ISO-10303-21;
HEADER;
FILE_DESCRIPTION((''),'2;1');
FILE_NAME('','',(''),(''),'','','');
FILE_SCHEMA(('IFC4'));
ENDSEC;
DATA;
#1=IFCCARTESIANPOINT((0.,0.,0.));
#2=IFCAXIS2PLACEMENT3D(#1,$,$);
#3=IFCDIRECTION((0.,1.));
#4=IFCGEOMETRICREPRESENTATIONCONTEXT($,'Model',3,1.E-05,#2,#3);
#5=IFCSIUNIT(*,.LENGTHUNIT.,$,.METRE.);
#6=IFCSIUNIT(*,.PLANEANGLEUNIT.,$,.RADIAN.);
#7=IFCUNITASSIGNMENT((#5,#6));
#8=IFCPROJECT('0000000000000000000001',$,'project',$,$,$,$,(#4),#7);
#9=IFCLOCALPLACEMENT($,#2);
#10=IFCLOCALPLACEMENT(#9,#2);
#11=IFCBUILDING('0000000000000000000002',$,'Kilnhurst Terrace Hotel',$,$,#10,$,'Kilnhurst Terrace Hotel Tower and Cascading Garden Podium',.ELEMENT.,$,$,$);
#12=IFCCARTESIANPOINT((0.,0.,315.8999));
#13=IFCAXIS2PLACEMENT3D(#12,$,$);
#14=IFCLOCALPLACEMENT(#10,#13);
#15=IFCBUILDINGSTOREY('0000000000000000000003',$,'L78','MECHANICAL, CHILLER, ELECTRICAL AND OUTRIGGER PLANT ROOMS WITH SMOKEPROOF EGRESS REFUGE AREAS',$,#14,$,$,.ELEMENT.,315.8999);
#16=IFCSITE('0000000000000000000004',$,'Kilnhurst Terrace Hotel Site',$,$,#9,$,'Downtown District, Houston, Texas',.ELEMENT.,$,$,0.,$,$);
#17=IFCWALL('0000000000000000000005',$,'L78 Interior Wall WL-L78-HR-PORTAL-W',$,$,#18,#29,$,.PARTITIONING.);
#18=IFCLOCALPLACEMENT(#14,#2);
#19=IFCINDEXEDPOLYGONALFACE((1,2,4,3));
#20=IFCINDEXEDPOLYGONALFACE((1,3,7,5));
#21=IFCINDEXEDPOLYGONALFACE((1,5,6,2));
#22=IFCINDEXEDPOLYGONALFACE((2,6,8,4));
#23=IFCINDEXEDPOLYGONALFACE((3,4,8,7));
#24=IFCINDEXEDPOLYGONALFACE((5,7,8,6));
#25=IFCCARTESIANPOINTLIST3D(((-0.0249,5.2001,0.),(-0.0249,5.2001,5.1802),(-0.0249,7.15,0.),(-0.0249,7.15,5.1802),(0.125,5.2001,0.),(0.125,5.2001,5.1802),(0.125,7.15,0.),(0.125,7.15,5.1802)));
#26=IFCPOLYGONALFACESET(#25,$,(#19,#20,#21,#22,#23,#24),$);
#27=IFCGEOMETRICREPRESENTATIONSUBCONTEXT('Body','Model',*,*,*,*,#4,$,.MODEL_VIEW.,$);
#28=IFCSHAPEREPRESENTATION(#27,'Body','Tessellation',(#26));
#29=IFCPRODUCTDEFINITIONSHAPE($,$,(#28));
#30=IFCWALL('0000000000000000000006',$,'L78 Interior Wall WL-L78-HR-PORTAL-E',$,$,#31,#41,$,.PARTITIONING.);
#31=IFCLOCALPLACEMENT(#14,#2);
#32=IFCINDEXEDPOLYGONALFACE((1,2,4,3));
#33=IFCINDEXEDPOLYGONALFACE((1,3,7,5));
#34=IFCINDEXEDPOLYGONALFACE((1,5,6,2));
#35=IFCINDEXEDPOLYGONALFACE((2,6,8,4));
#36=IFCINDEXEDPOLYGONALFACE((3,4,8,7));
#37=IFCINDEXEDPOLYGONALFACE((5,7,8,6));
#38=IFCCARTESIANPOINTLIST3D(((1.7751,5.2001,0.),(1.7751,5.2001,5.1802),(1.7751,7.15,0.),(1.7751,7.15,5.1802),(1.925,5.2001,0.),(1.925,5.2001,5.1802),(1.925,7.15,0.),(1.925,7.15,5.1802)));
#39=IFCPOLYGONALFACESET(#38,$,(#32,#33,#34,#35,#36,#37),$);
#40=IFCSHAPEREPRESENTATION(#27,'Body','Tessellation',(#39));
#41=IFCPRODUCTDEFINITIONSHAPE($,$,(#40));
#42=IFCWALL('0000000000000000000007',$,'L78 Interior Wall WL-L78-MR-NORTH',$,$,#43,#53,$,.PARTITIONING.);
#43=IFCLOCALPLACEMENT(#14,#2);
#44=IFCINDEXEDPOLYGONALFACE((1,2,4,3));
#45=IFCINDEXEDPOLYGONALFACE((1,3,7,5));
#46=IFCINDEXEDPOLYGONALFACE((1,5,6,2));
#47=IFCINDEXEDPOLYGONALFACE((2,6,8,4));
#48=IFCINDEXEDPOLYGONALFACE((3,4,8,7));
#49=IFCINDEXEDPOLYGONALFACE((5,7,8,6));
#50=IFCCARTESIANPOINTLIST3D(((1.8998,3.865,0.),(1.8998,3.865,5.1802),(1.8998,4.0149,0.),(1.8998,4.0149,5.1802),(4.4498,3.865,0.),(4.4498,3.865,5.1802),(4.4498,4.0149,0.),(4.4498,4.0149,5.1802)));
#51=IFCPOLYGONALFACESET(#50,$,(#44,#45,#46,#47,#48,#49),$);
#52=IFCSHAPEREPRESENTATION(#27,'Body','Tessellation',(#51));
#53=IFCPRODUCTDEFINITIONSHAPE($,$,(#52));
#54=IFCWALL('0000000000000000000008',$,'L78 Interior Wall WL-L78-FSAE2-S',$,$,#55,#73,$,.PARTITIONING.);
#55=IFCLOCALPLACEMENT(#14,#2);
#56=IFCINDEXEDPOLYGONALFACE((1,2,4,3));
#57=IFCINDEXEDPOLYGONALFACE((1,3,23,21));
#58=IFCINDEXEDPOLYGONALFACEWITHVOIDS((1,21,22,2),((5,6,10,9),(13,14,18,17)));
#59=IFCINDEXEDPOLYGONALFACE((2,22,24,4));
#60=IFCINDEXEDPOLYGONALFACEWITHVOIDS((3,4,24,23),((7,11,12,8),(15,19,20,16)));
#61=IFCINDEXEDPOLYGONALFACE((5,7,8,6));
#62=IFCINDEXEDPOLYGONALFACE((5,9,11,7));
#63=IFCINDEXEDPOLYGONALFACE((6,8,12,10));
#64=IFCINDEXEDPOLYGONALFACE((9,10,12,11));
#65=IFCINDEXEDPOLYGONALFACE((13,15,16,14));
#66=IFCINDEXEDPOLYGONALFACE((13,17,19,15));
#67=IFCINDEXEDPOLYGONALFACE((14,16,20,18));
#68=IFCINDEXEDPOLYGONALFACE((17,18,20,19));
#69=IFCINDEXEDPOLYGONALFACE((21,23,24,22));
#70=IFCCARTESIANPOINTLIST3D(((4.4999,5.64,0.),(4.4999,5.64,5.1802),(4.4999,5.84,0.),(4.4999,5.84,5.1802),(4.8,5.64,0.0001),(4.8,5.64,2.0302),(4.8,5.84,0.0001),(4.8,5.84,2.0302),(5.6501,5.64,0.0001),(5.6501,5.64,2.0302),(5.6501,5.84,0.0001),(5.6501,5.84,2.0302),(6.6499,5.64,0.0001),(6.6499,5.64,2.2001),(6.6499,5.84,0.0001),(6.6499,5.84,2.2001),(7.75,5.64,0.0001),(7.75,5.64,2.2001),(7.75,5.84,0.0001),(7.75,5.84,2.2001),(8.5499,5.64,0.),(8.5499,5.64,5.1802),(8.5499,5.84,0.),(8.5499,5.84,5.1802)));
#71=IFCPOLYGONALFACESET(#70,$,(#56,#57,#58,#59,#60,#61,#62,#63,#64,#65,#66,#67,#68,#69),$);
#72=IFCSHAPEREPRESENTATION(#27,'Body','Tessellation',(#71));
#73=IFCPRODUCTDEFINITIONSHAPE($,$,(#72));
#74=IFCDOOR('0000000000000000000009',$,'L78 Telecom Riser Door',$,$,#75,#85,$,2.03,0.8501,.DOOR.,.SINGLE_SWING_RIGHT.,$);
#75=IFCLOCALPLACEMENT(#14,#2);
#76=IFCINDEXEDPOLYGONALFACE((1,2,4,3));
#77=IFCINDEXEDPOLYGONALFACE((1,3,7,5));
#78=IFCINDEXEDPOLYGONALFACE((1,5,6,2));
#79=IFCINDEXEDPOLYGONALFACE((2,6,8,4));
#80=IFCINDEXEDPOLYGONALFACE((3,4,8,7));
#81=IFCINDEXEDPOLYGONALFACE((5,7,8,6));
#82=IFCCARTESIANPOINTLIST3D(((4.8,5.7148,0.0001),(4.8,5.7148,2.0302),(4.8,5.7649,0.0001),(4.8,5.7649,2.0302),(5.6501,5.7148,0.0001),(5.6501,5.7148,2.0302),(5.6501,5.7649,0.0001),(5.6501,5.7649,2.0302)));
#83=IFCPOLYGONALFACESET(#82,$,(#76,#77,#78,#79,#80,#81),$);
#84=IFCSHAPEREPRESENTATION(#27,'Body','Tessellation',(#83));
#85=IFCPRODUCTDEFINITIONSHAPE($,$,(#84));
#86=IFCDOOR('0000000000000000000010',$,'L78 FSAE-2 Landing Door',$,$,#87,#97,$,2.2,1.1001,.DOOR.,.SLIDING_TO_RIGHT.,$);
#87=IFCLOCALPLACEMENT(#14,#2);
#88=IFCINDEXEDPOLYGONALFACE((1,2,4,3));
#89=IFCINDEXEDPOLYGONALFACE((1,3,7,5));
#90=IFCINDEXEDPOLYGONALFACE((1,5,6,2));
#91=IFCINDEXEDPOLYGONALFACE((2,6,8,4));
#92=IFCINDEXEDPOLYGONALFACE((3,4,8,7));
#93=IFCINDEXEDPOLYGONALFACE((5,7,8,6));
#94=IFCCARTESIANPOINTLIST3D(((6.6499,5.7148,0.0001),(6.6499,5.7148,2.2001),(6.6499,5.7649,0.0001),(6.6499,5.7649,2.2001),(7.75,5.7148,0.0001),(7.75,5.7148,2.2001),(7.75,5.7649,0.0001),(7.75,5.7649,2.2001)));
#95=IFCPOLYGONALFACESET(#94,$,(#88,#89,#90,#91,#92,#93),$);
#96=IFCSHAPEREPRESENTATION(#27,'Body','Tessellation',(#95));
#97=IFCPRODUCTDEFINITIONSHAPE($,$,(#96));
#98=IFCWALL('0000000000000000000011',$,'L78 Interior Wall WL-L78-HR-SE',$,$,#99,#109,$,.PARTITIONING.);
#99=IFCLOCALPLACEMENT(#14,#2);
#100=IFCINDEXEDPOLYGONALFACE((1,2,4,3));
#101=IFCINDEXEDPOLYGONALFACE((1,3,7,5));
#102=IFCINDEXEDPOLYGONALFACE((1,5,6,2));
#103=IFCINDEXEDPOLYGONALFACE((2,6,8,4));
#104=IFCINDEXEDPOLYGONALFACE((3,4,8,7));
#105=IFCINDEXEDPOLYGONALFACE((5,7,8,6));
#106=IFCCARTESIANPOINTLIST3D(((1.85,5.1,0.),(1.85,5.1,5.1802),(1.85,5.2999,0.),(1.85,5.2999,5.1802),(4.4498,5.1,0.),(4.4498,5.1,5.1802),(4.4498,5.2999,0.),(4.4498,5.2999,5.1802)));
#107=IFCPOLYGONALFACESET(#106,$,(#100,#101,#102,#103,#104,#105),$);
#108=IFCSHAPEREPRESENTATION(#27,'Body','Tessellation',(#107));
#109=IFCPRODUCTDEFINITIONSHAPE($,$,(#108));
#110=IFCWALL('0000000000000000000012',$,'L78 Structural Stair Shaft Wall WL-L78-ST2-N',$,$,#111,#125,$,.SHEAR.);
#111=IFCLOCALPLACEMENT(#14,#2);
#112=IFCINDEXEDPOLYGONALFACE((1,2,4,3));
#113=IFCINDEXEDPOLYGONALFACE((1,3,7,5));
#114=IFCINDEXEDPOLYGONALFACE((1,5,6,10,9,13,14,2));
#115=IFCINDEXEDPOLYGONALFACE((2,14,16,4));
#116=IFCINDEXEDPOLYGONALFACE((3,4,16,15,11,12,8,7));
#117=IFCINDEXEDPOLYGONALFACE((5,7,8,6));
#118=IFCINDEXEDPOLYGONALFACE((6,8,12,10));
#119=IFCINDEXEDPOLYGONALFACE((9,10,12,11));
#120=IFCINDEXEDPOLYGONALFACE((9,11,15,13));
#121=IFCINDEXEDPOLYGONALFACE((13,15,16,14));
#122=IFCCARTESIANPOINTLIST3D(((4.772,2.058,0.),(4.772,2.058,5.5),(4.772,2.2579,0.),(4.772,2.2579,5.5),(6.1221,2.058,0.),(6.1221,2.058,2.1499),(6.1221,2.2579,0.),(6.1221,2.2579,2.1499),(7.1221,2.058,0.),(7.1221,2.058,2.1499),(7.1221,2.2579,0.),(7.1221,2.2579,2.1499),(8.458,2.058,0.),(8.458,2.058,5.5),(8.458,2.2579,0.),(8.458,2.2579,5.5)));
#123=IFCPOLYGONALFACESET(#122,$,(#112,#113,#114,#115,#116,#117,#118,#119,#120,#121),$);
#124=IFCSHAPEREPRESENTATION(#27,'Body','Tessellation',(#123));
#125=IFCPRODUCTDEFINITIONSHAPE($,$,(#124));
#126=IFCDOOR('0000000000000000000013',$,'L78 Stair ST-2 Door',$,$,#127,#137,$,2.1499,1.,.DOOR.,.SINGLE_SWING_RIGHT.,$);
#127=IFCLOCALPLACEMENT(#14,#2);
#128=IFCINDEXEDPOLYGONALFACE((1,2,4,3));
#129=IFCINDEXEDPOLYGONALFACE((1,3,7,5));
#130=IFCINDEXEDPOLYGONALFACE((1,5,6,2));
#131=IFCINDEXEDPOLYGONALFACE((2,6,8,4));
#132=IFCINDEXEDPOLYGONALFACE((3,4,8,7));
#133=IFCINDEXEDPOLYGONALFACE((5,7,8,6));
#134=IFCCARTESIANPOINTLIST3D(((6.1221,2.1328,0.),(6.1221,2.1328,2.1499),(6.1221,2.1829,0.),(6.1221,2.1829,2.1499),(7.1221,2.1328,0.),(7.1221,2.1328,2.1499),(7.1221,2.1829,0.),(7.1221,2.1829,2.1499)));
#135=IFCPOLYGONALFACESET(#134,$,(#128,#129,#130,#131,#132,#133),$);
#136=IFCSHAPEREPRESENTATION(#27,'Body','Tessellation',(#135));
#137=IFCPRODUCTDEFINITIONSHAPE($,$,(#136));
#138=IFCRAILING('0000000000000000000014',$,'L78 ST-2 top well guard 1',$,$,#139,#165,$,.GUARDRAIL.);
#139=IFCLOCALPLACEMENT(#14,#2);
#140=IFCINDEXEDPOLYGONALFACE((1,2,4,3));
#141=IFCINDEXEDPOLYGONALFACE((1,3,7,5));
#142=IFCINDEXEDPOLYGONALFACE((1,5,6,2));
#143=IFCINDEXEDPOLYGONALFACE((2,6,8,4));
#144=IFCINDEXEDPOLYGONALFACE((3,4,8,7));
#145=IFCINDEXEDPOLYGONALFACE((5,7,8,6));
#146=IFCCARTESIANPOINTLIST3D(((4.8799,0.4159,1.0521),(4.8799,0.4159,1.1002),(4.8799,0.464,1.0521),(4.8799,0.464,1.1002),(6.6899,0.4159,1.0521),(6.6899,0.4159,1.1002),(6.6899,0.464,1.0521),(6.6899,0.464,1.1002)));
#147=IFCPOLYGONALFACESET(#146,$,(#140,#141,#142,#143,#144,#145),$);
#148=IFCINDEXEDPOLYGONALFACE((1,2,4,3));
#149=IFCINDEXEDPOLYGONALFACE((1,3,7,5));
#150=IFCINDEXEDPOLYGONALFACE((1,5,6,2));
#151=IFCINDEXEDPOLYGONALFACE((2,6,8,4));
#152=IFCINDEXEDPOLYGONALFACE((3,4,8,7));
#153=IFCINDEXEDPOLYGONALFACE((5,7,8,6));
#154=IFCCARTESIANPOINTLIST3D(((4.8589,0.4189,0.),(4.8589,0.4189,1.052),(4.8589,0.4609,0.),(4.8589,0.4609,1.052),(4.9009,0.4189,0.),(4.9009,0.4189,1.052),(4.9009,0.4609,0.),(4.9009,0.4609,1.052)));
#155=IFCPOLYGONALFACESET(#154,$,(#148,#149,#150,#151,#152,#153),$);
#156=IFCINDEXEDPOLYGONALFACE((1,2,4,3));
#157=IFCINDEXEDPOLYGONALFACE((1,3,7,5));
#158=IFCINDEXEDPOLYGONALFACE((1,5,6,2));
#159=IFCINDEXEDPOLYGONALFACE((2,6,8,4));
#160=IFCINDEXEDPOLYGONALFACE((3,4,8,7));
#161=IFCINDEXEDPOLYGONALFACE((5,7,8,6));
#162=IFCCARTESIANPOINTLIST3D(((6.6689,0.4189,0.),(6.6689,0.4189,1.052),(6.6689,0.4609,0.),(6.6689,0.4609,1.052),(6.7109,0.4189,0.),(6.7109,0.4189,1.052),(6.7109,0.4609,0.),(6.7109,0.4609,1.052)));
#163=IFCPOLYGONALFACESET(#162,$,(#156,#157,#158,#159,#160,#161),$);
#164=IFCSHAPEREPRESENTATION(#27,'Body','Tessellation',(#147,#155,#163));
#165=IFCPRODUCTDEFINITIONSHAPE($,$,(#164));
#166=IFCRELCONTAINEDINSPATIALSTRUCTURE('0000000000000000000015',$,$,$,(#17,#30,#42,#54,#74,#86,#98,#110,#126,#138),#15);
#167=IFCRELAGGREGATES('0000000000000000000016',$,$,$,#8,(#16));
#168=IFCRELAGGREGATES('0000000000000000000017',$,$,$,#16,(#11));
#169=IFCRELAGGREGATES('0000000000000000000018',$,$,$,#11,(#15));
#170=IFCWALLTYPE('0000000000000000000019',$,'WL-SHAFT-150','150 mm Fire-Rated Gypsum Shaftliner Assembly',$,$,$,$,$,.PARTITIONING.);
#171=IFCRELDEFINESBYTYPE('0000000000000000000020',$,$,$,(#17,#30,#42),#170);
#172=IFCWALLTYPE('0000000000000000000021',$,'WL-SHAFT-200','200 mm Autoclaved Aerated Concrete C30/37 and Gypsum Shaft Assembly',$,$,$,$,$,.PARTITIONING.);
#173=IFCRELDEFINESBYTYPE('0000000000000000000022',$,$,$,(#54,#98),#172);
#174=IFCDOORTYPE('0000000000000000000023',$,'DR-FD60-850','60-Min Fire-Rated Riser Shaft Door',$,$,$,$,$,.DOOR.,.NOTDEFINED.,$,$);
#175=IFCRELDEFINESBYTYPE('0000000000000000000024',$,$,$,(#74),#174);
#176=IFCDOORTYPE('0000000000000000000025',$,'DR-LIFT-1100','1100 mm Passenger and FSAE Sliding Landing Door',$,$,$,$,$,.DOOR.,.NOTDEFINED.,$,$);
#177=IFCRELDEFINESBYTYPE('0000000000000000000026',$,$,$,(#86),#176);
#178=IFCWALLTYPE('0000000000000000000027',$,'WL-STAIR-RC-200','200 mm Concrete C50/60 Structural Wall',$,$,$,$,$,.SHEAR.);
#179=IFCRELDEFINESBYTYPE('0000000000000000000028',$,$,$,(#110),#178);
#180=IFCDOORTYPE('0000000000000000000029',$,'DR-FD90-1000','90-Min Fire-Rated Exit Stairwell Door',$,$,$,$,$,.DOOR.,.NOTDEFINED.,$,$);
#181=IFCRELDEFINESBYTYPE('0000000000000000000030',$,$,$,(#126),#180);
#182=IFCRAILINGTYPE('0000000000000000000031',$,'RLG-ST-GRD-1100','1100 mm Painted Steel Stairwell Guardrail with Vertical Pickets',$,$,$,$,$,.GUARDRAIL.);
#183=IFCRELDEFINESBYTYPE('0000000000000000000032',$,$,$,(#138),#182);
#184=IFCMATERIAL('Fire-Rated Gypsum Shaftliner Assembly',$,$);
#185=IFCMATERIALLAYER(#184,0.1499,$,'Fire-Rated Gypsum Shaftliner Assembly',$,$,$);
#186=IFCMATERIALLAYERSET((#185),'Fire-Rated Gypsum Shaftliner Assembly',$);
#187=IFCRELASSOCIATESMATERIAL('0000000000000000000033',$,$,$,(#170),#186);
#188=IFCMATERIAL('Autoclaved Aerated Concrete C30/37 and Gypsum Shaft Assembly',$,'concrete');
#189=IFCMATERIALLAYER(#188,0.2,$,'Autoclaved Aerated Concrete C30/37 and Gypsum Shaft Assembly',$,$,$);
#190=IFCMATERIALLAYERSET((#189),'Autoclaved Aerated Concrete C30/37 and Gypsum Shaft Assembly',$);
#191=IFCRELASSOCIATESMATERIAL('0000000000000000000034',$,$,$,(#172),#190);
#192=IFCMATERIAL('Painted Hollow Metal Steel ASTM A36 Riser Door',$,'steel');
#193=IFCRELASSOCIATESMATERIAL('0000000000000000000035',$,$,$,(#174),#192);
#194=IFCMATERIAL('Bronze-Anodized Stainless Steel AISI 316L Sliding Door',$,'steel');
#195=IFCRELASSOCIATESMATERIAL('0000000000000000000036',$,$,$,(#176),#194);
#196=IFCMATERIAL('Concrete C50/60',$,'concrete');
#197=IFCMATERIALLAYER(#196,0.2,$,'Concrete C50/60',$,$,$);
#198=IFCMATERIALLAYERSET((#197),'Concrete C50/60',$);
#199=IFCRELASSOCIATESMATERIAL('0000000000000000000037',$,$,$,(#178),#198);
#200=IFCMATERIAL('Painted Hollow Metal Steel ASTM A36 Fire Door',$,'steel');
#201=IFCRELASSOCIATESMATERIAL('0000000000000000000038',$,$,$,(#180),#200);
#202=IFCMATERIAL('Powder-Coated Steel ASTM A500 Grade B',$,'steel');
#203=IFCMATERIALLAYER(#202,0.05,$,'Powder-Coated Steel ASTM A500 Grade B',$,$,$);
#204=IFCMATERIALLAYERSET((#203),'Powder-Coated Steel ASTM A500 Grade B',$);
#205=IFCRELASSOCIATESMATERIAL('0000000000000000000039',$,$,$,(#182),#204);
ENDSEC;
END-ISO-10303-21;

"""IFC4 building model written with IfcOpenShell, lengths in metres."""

from ifc_helpers import new_model, si_unit, direction, frame, frame_2d, origin, origin_2d, place, context, subcontext, project, spatial, rectangle, extrude, material, layer, layer_set, type_object, element, fill, save


model = new_model("IFC4")

# Units and contexts
model_context = context("Model", 3, precision=1e-05, world=origin(), true_north=direction((0.0, 1.0)))
body_context = subcontext(model_context, "Body", "Model", "MODEL_VIEW")
ifc_project = project(units=[si_unit("LENGTHUNIT", "METRE"), si_unit("PLANEANGLEUNIT", "RADIAN")], contexts=[model_context])

# Site, building, storey
site_placement = place(None, origin())
site = spatial("IfcSite", under=ifc_project, at=site_placement, Name="Kilnhurst Terrace Hotel Site", LongName="Downtown District, Houston, Texas", CompositionType="ELEMENT", RefElevation=0.0)
building_placement = place(site_placement, origin())
building = spatial("IfcBuilding", under=site, at=building_placement, Name="Kilnhurst Terrace Hotel", LongName="Kilnhurst Terrace Hotel Tower and Cascading Garden Podium", CompositionType="ELEMENT")
storey_placement = place(building_placement, frame((0.0, 0.0, 315.8999)))
storey = spatial("IfcBuildingStorey", under=building, at=storey_placement, Name="L78", Description="MECHANICAL, CHILLER, ELECTRICAL AND OUTRIGGER PLANT ROOMS WITH SMOKEPROOF EGRESS REFUGE AREAS", CompositionType="ELEMENT", Elevation=315.8999)

# Shared definitions
ifc_material_1 = material(Name="Concrete C50/60", Category="concrete")

# Walls
ifc_material_2 = material(Name="Fire-Rated Gypsum Shaftliner Assembly")
ifc_layer_1 = layer(ifc_material_2, 0.1499, Name="Fire-Rated Gypsum Shaftliner Assembly")
ifc_layer_set_1 = layer_set([ifc_layer_1], Name="Fire-Rated Gypsum Shaftliner Assembly")
wall_type_1 = type_object("IfcWallType", Name="WL-SHAFT-150", Description="150 mm Fire-Rated Gypsum Shaftliner Assembly", PredefinedType="PARTITIONING", material=ifc_layer_set_1)
for number, where, z_axis, x_axis, name in (
    (1, (0.05, 5.2, 0.0), (0.0, 0.0, 1.0), (0.0, 1.0, 0.0), "L78 Interior Wall WL-L78-HR-PORTAL-W"),
    (2, (1.8501, 5.2, 0.0), (0.0, 0.0, 1.0), (0.0, 1.0, 0.0), "L78 Interior Wall WL-L78-HR-PORTAL-E"),
):
    element("IfcWall", number, at=place(storey_placement, frame(where, z_axis=z_axis, x_axis=x_axis)), inside=storey, type_object=wall_type_1, Name=name, PredefinedType="PARTITIONING", context=body_context, shape_type="SweptSolid", body=[
        extrude(rectangle(XDim=1.95, YDim=0.1499, at=frame_2d((0.9751, 0.0))), origin(), (0.0, 0.0, 1.0), 5.1802),
    ])
wall_1_placement = place(storey_placement, frame((1.8999, 3.9399, 0.0), z_axis=(0.0, 0.0, 1.0), x_axis=(1.0, 0.0, 0.0)))
element("IfcWall", 3, at=wall_1_placement, inside=storey, type_object=wall_type_1, Name="L78 Interior Wall WL-L78-MR-NORTH", PredefinedType="PARTITIONING", context=body_context, shape_type="SweptSolid", body=[
    extrude(rectangle(XDim=2.55, YDim=0.1499, at=frame_2d((1.2749, 0.0))), origin(), (0.0, 0.0, 1.0), 5.1802),
])

# Wall, openings, doors
ifc_material_3 = material(Name="Autoclaved Aerated Concrete C30/37 and Gypsum Shaft Assembly", Category="concrete")
ifc_layer_2 = layer(ifc_material_3, 0.2, Name="Autoclaved Aerated Concrete C30/37 and Gypsum Shaft Assembly")
ifc_layer_set_2 = layer_set([ifc_layer_2], Name="Autoclaved Aerated Concrete C30/37 and Gypsum Shaft Assembly")
wall_type_2 = type_object("IfcWallType", Name="WL-SHAFT-200", Description="200 mm Autoclaved Aerated Concrete C30/37 and Gypsum Shaft Assembly", PredefinedType="PARTITIONING", material=ifc_layer_set_2)
wall_2_placement = place(storey_placement, frame((4.5, 5.74, 0.0), z_axis=(0.0, 0.0, 1.0), x_axis=(1.0, 0.0, 0.0)))
wall_2 = element("IfcWall", 4, at=wall_2_placement, inside=storey, type_object=wall_type_2, Name="L78 Interior Wall WL-L78-FSAE2-S", PredefinedType="PARTITIONING", context=body_context, shape_type="SweptSolid", body=[
    extrude(rectangle(XDim=4.05, YDim=0.2, at=frame_2d((2.0249, 0.0))), origin(), (0.0, 0.0, 1.0), 5.1802),
])
opening_1_placement = place(wall_2_placement, frame((0.3, 0.0, 0.0)))
opening_1 = element("IfcOpeningElement", 5, at=opening_1_placement, cuts=wall_2, PredefinedType="OPENING", context=body_context, shape_type="SweptSolid", body=[
    extrude(rectangle(XDim=0.8501, YDim=2.03, at=frame_2d((0.425, 1.0151))), frame((0.0, 0.1099, 0.0), z_axis=(0.0, -1.0, 0.0), x_axis=(1.0, 0.0, 0.0)), (0.0, 0.0, 1.0), 0.22),
])
opening_2_placement = place(wall_2_placement, frame((2.1499, 0.0, 0.0)))
opening_2 = element("IfcOpeningElement", 6, at=opening_2_placement, cuts=wall_2, PredefinedType="OPENING", context=body_context, shape_type="SweptSolid", body=[
    extrude(rectangle(XDim=1.1001, YDim=2.2, at=frame_2d((0.55, 1.1001))), frame((0.0, 0.1099, 0.0), z_axis=(0.0, -1.0, 0.0), x_axis=(1.0, 0.0, 0.0)), (0.0, 0.0, 1.0), 0.22),
])
ifc_material_4 = material(Name="Painted Hollow Metal Steel ASTM A36 Riser Door", Category="steel")
door_type_1 = type_object("IfcDoorType", Name="DR-FD60-850", Description="60-Min Fire-Rated Riser Shaft Door", OperationType="NOTDEFINED", PredefinedType="DOOR", material=ifc_material_4)
door_1_placement = place(opening_1_placement, origin())
door_1 = element("IfcDoor", 7, at=door_1_placement, inside=storey, type_object=door_type_1, Name="L78 Telecom Riser Door", OperationType="SINGLE_SWING_RIGHT", OverallHeight=2.03, OverallWidth=0.8501, PredefinedType="DOOR", context=body_context, shape_type="SweptSolid", body=[
    extrude(rectangle(XDim=0.8501, YDim=2.03, at=frame_2d((0.425, 1.0151))), frame((0.0, 0.0249, 0.0), z_axis=(0.0, -1.0, 0.0), x_axis=(1.0, 0.0, 0.0)), (0.0, 0.0, 1.0), 0.05),
])
fill(opening_1, door_1)
ifc_material_5 = material(Name="Bronze-Anodized Stainless Steel AISI 316L Sliding Door", Category="steel")
door_type_2 = type_object("IfcDoorType", Name="DR-LIFT-1100", Description="1100 mm Passenger and FSAE Sliding Landing Door", OperationType="NOTDEFINED", PredefinedType="DOOR", material=ifc_material_5)
door_2_placement = place(opening_2_placement, origin())
door_2 = element("IfcDoor", 8, at=door_2_placement, inside=storey, type_object=door_type_2, Name="L78 FSAE-2 Landing Door", OperationType="SLIDING_TO_RIGHT", OverallHeight=2.2, OverallWidth=1.1001, PredefinedType="DOOR", context=body_context, shape_type="SweptSolid", body=[
    extrude(rectangle(XDim=1.1001, YDim=2.2, at=frame_2d((0.55, 1.1001))), frame((0.0, 0.0249, 0.0), z_axis=(0.0, -1.0, 0.0), x_axis=(1.0, 0.0, 0.0)), (0.0, 0.0, 1.0), 0.05),
])
fill(opening_2, door_2)

# Wall
wall_3_placement = place(storey_placement, frame((1.8501, 5.2, 0.0), z_axis=(0.0, 0.0, 1.0), x_axis=(1.0, 0.0, 0.0)))
element("IfcWall", 9, at=wall_3_placement, inside=storey, type_object=wall_type_2, Name="L78 Interior Wall WL-L78-HR-SE", PredefinedType="PARTITIONING", context=body_context, shape_type="SweptSolid", body=[
    extrude(rectangle(XDim=2.5999, YDim=0.2, at=frame_2d((1.2998, 0.0))), origin(), (0.0, 0.0, 1.0), 5.1802),
])

# Wall, opening, door
ifc_layer_3 = layer(ifc_material_1, 0.2, Name="Concrete C50/60")
ifc_layer_set_3 = layer_set([ifc_layer_3], Name="Concrete C50/60")
wall_type_3 = type_object("IfcWallType", Name="WL-STAIR-RC-200", Description="200 mm Concrete C50/60 Structural Wall", PredefinedType="SHEAR", material=ifc_layer_set_3)
wall_4_placement = place(storey_placement, frame((4.772, 2.158, 0.0), z_axis=(0.0, 0.0, 1.0), x_axis=(1.0, 0.0, 0.0)))
wall_4 = element("IfcWall", 10, at=wall_4_placement, inside=storey, type_object=wall_type_3, Name="L78 Structural Stair Shaft Wall WL-L78-ST2-N", PredefinedType="SHEAR", context=body_context, shape_type="SweptSolid", body=[
    extrude(rectangle(XDim=3.686, YDim=0.2, at=frame_2d((1.843, 0.0))), origin(), (0.0, 0.0, 1.0), 5.5),
])
opening_3_placement = place(wall_4_placement, frame((1.3501, 0.0, 0.0)))
opening_3 = element("IfcOpeningElement", 11, at=opening_3_placement, cuts=wall_4, PredefinedType="OPENING", context=body_context, shape_type="SweptSolid", body=[
    extrude(rectangle(XDim=1.0, YDim=2.1499, at=frame_2d((0.5, 1.075))), frame((0.0, 0.1099, 0.0), z_axis=(0.0, -1.0, 0.0), x_axis=(1.0, 0.0, 0.0)), (0.0, 0.0, 1.0), 0.22),
])
ifc_material_6 = material(Name="Painted Hollow Metal Steel ASTM A36 Fire Door", Category="steel")
door_type_3 = type_object("IfcDoorType", Name="DR-FD90-1000", Description="90-Min Fire-Rated Exit Stairwell Door", OperationType="NOTDEFINED", PredefinedType="DOOR", material=ifc_material_6)
door_3_placement = place(opening_3_placement, origin())
door_3 = element("IfcDoor", 12, at=door_3_placement, inside=storey, type_object=door_type_3, Name="L78 Stair ST-2 Door", OperationType="SINGLE_SWING_RIGHT", OverallHeight=2.1499, OverallWidth=1.0, PredefinedType="DOOR", context=body_context, shape_type="SweptSolid", body=[
    extrude(rectangle(XDim=1.0, YDim=2.1499, at=frame_2d((0.5, 1.075))), frame((0.0, 0.0249, 0.0), z_axis=(0.0, -1.0, 0.0), x_axis=(1.0, 0.0, 0.0)), (0.0, 0.0, 1.0), 0.05),
])
fill(opening_3, door_3)

# Railing
ifc_material_7 = material(Name="Powder-Coated Steel ASTM A500 Grade B", Category="steel")
ifc_layer_4 = layer(ifc_material_7, 0.05, Name="Powder-Coated Steel ASTM A500 Grade B")
ifc_layer_set_4 = layer_set([ifc_layer_4], Name="Powder-Coated Steel ASTM A500 Grade B")
railing_type = type_object("IfcRailingType", Name="RLG-ST-GRD-1100", Description="1100 mm Painted Steel Stairwell Guardrail with Vertical Pickets", PredefinedType="GUARDRAIL", material=ifc_layer_set_4)
railing_placement = place(storey_placement, frame((4.8799, 0.4399, 0.0)))
element("IfcRailing", 13, at=railing_placement, inside=storey, type_object=railing_type, Name="L78 ST-2 top well guard 1", PredefinedType="GUARDRAIL", context=body_context, shape_type="SweptSolid", body=[
    extrude(rectangle(XDim=0.0481, YDim=0.0481, at=origin_2d()), frame((0.0, 0.0, 1.0762), z_axis=(1.0, 0.0, 0.0), x_axis=(0.0, 1.0, 0.0)), (0.0, 0.0, 1.0), 1.8101),
    extrude(rectangle(XDim=0.042, YDim=0.042, at=origin_2d()), origin(), (0.0, 0.0, 1.0), 1.052),
    extrude(rectangle(XDim=0.042, YDim=0.042, at=origin_2d()), frame((1.8101, 0.0, 0.0)), (0.0, 0.0, 1.0), 1.052),
])

save(model, "model.ifc")
